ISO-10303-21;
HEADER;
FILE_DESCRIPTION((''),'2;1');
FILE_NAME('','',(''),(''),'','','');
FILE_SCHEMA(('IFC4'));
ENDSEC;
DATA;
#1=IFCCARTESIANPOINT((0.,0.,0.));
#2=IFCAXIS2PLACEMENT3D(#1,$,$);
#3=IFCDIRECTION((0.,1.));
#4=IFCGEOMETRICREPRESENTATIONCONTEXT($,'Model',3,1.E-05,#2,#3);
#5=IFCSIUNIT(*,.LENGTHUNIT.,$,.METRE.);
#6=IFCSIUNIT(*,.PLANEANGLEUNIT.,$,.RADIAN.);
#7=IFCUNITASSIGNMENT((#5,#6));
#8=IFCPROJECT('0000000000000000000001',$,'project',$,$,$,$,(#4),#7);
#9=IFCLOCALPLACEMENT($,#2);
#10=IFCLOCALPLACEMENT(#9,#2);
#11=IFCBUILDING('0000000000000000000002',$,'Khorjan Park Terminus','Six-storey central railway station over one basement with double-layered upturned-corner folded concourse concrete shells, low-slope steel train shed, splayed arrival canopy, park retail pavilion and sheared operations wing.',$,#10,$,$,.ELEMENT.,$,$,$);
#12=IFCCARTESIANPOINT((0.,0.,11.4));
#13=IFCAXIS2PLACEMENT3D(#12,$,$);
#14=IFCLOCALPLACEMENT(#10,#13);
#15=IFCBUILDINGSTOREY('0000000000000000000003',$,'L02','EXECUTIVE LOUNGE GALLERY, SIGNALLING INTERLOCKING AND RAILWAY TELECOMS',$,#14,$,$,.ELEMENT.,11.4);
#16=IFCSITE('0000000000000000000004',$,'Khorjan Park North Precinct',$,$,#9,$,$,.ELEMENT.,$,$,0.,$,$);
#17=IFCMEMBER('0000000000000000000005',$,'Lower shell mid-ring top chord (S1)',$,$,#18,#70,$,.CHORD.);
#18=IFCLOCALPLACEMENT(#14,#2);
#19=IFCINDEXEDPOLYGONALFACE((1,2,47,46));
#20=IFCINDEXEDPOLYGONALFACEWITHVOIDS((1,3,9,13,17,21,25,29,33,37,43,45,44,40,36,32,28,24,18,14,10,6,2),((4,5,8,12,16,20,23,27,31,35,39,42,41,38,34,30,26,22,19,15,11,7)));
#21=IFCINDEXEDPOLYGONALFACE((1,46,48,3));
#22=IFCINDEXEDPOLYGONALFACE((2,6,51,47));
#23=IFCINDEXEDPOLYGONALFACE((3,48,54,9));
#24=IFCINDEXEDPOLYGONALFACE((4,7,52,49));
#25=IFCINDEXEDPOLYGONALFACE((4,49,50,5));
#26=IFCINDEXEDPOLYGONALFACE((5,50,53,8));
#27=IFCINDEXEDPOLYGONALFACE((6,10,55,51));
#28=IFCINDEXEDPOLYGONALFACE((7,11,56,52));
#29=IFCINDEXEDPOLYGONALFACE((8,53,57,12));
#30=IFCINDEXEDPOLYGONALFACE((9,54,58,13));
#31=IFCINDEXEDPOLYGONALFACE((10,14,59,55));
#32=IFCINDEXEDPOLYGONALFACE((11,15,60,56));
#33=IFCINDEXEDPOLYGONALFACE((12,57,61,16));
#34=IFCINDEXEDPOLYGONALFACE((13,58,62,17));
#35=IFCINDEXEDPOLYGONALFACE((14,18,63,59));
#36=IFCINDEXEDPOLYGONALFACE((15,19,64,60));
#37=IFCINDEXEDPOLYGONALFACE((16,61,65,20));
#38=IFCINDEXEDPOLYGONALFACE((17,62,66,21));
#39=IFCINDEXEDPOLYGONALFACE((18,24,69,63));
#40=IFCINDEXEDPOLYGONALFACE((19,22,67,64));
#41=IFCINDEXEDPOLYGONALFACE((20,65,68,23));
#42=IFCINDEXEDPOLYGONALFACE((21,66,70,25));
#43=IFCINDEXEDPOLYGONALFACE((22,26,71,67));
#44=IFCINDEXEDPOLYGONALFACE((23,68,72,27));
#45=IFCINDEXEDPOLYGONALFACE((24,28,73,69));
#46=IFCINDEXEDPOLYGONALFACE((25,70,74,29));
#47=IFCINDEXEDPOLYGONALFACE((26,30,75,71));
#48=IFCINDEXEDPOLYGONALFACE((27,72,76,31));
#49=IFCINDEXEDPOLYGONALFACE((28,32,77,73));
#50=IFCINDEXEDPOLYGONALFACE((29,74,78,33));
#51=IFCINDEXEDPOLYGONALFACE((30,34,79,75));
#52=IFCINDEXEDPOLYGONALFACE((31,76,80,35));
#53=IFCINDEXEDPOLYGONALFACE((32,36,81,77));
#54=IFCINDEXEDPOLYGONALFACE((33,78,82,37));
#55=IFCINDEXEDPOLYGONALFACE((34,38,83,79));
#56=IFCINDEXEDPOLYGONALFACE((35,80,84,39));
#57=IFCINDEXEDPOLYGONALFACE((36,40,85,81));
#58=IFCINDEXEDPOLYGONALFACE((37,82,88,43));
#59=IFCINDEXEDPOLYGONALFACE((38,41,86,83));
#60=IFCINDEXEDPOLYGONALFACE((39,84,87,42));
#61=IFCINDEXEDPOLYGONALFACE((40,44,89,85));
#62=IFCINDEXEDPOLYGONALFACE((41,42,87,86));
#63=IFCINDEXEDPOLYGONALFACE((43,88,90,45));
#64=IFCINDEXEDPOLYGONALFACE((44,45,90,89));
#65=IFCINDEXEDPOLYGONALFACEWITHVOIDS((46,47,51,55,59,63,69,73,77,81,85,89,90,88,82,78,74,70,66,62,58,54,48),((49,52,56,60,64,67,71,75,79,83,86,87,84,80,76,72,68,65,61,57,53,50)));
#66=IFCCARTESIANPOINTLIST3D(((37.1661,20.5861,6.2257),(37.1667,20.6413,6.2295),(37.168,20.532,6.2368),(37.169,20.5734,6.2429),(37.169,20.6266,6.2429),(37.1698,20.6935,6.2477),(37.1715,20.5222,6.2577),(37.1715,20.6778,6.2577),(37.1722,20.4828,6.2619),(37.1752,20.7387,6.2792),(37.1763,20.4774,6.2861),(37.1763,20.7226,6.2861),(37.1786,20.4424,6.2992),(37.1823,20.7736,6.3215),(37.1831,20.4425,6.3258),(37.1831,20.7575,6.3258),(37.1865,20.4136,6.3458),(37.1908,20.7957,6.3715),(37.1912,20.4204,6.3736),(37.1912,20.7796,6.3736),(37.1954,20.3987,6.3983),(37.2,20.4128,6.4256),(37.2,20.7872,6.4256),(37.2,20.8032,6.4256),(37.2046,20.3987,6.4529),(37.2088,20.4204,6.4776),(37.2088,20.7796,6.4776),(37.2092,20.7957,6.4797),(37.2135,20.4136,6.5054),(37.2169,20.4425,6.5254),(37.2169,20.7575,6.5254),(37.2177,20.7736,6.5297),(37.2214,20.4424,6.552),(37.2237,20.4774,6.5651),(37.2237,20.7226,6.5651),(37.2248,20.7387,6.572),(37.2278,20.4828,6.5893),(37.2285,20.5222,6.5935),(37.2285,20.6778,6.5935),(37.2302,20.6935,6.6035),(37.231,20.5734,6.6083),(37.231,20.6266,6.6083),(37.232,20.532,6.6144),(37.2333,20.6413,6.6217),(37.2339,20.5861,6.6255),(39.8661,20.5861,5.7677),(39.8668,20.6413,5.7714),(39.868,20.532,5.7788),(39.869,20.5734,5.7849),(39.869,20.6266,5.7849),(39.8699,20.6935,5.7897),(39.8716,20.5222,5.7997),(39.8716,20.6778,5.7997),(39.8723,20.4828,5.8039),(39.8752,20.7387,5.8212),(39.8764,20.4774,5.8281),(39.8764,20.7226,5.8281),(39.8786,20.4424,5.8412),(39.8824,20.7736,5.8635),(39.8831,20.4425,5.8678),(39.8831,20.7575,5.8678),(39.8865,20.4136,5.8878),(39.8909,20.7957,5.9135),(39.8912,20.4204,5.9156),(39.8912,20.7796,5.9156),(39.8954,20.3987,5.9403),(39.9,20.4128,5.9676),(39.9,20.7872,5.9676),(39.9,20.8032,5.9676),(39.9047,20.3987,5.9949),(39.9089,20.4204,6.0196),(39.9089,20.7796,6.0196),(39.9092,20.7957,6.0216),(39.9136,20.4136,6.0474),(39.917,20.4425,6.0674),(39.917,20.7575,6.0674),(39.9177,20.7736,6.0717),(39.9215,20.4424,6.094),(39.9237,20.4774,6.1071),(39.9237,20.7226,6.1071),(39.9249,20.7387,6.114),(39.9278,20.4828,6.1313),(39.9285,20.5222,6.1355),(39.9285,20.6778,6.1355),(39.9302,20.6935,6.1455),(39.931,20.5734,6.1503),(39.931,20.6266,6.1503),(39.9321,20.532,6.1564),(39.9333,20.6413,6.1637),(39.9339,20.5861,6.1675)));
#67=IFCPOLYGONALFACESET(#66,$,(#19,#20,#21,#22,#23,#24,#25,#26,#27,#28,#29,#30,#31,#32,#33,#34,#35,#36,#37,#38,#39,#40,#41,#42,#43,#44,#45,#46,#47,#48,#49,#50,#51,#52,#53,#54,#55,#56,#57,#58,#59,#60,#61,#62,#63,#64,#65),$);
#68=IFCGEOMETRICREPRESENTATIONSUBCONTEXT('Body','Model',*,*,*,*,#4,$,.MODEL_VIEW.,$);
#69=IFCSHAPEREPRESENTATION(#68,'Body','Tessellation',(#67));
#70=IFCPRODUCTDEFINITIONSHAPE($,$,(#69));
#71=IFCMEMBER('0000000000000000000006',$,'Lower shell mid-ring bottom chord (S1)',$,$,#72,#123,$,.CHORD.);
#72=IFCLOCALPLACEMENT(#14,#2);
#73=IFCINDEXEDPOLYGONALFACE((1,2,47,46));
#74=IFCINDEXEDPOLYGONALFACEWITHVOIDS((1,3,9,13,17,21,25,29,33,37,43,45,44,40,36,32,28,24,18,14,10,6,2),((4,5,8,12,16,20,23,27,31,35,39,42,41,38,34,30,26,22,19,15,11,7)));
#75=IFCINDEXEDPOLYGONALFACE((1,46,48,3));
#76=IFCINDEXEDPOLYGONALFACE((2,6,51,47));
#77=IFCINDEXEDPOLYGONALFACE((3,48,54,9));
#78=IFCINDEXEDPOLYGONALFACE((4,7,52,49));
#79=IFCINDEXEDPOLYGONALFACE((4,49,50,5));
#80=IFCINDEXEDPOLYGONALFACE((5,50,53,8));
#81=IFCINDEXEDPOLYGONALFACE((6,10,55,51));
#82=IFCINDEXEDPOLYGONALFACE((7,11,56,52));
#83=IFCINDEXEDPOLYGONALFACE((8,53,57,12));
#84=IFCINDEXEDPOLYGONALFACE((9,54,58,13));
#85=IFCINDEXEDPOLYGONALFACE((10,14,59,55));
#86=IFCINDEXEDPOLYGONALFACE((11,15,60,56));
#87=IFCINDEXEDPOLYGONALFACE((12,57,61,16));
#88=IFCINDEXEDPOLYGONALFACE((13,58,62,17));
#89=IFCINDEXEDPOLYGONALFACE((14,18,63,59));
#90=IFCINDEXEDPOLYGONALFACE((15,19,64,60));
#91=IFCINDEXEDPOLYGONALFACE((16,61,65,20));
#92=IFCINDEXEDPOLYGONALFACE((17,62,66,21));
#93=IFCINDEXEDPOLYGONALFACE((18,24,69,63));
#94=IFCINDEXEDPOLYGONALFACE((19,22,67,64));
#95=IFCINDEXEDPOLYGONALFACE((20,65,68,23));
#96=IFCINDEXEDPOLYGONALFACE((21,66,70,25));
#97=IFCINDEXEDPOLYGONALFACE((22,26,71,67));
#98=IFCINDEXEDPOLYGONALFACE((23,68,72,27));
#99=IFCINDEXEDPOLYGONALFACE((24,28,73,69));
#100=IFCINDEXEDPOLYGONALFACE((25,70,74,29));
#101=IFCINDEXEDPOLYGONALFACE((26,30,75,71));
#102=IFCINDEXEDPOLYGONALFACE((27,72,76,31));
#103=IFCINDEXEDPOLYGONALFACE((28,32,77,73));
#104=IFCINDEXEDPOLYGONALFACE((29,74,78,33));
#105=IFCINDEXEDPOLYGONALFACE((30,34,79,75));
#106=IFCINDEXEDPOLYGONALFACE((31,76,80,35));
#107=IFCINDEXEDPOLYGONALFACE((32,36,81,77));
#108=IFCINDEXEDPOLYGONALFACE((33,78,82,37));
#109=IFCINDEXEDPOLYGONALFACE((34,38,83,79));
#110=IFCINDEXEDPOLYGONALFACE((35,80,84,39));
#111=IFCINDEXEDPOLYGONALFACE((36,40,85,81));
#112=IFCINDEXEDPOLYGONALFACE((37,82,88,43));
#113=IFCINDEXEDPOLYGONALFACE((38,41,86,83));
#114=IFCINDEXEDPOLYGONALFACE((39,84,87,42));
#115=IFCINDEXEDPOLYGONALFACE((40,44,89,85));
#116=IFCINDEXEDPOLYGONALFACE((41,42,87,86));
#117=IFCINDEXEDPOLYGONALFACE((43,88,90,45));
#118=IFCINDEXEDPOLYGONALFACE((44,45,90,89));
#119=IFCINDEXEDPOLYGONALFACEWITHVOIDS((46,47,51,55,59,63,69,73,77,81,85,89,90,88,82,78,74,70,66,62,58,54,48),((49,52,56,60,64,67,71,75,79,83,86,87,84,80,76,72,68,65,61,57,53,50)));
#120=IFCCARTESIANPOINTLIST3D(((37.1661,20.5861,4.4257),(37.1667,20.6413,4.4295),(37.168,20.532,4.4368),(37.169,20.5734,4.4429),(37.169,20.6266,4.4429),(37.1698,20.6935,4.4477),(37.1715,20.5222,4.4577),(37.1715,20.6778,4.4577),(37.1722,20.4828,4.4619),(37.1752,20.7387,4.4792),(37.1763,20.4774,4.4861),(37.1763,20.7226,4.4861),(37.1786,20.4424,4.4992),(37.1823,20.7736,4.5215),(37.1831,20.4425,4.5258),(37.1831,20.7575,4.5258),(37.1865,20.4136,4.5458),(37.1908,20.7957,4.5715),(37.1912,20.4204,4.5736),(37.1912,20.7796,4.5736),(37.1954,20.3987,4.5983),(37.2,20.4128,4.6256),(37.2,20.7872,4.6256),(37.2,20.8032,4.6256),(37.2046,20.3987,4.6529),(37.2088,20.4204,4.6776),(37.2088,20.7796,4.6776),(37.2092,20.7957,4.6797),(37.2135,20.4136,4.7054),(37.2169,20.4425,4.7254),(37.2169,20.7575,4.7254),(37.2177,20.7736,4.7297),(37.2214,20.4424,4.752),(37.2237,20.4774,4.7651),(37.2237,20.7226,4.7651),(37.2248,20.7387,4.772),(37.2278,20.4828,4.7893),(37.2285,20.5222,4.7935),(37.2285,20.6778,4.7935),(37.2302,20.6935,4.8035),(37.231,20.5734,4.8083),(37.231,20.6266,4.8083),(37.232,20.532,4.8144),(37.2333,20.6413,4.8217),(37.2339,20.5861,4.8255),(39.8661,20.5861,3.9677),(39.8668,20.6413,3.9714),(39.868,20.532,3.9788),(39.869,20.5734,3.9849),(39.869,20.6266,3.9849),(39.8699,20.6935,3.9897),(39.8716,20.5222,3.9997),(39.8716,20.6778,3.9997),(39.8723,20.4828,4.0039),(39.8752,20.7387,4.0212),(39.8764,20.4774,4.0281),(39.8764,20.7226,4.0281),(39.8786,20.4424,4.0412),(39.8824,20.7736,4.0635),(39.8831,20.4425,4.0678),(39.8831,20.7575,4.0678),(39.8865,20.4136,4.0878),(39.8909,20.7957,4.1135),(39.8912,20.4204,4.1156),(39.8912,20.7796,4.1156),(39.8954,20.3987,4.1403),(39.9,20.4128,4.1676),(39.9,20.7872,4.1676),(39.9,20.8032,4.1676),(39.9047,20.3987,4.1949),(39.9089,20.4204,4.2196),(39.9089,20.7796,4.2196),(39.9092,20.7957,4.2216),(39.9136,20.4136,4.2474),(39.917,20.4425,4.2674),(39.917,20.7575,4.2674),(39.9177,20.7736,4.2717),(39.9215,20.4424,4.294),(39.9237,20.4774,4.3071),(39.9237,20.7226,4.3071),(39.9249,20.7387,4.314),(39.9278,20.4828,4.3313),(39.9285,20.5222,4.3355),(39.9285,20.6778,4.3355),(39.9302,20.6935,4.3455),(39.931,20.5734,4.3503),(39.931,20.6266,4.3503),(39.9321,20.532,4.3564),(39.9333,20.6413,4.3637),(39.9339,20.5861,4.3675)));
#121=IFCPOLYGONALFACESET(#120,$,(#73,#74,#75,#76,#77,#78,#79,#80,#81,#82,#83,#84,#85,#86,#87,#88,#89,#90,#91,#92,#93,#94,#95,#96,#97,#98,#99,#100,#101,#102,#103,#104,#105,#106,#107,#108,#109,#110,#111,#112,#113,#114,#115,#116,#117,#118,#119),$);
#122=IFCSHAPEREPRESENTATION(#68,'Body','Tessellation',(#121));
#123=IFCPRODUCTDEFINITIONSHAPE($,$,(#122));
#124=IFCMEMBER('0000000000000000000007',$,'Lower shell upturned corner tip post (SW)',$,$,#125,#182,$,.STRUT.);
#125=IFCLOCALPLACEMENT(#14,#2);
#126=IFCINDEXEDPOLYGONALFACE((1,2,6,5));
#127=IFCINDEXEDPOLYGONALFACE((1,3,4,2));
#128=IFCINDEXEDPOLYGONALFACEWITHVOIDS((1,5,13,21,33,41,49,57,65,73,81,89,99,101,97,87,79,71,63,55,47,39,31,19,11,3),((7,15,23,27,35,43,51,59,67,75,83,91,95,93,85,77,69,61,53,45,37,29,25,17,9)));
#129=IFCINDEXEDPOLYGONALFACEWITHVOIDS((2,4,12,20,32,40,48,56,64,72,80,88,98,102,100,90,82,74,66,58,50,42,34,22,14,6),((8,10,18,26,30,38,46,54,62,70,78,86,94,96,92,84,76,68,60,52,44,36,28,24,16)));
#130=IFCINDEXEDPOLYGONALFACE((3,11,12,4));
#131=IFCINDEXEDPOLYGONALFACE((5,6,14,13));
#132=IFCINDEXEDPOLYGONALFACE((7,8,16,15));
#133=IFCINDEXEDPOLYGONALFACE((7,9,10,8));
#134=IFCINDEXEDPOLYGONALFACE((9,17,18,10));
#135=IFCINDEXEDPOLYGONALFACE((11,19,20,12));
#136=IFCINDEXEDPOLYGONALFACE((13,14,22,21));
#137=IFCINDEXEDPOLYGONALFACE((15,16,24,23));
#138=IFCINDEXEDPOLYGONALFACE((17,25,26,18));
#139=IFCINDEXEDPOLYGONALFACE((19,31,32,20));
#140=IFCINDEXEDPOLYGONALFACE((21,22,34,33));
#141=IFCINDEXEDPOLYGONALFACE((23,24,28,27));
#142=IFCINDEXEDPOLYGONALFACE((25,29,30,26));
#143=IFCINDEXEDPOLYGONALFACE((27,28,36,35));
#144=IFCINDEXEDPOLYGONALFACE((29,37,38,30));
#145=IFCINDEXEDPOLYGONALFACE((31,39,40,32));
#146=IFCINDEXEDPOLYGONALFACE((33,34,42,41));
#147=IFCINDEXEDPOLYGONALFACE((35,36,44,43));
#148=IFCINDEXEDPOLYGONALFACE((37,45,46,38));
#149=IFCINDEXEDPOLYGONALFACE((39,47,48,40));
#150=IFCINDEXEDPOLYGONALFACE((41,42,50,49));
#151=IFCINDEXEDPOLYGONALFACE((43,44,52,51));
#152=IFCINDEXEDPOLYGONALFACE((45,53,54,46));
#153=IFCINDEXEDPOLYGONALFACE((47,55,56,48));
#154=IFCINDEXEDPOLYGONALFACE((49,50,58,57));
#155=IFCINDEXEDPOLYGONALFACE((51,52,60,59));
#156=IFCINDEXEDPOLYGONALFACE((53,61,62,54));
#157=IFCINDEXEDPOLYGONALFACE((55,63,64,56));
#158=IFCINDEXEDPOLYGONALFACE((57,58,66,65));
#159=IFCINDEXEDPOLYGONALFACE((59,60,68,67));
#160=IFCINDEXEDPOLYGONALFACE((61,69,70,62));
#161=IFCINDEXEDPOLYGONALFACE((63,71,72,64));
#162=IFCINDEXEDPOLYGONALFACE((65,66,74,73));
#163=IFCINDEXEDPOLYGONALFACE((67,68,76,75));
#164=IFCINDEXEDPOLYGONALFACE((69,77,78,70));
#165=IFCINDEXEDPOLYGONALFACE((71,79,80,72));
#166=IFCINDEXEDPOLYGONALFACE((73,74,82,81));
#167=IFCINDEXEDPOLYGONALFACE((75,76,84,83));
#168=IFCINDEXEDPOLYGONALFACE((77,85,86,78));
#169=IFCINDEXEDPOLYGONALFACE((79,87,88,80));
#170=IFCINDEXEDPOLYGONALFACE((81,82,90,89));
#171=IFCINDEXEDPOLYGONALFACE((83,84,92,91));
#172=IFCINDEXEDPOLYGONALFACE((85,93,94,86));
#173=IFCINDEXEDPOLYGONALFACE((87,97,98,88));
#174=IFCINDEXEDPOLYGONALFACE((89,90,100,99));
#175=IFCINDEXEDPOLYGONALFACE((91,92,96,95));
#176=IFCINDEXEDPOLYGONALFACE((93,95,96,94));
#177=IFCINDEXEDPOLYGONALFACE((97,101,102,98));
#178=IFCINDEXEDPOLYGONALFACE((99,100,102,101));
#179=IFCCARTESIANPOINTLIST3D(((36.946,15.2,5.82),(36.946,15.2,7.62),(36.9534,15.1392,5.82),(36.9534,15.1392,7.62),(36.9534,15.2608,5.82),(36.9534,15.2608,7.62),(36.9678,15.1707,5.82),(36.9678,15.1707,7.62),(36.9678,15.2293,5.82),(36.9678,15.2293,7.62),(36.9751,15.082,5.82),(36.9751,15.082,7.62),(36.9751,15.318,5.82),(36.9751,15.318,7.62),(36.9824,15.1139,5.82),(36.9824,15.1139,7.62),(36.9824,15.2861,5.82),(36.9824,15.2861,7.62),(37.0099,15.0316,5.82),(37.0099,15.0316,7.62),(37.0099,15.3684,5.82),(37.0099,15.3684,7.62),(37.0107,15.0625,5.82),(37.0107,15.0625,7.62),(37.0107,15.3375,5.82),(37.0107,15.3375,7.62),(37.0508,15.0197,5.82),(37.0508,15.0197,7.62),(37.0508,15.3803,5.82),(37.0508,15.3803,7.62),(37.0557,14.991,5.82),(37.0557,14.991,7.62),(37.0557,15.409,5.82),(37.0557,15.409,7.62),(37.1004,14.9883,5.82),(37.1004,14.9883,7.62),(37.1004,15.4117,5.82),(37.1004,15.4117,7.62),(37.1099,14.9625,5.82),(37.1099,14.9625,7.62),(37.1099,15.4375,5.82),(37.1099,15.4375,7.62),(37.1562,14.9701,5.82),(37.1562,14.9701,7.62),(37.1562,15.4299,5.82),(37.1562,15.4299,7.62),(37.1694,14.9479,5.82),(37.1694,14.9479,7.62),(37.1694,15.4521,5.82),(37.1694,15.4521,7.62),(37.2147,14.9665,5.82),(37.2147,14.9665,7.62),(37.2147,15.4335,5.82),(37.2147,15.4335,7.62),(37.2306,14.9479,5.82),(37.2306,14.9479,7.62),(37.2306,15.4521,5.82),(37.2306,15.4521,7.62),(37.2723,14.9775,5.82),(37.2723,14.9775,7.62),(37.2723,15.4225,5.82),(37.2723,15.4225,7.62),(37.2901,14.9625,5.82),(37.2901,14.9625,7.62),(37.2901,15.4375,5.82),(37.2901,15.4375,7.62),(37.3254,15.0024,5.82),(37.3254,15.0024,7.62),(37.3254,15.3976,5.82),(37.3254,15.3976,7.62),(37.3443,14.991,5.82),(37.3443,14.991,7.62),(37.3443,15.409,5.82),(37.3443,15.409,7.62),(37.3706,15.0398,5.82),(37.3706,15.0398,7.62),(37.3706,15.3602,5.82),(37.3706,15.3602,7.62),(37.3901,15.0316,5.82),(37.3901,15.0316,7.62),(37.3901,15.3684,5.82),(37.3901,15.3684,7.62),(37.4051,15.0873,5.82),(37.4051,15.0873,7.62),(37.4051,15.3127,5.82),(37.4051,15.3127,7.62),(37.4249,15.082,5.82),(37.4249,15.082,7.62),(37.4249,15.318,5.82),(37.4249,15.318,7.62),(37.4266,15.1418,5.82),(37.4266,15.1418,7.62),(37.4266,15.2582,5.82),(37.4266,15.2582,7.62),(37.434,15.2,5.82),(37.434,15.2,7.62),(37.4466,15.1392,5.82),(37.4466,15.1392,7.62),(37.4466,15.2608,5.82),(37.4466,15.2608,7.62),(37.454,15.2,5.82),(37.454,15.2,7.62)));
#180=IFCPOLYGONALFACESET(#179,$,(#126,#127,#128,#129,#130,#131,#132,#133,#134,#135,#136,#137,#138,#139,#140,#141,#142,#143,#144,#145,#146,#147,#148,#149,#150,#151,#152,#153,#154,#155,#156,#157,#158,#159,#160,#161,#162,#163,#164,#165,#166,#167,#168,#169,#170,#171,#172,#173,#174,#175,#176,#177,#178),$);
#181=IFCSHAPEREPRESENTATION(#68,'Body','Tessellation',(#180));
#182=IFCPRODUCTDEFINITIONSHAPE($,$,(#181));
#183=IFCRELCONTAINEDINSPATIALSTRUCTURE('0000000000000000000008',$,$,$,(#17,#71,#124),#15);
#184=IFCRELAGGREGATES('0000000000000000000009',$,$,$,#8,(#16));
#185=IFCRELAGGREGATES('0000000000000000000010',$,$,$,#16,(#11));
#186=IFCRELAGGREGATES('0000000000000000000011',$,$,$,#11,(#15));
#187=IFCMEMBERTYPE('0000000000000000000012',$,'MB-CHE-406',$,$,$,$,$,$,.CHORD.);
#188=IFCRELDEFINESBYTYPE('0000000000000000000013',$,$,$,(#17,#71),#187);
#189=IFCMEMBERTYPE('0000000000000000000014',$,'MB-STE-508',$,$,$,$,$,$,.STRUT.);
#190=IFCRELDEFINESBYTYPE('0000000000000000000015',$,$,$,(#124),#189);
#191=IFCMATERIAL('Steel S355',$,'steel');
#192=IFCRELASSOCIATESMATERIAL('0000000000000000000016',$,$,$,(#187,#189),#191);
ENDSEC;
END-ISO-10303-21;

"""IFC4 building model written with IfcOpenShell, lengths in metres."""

from ifc_helpers import new_model, si_unit, direction, frame, origin, origin_2d, place, context, subcontext, project, spatial, hollow_circle, extrude, material, material_profile, profile_set, type_object, element, save


model = new_model("IFC4")

# Units and contexts
model_context = context("Model", 3, precision=1e-05, world=origin(), true_north=direction((0.0, 1.0)))
body_context = subcontext(model_context, "Body", "Model", "MODEL_VIEW")
ifc_project = project(units=[si_unit("LENGTHUNIT", "METRE"), si_unit("PLANEANGLEUNIT", "RADIAN")], contexts=[model_context])

# Site, building, storey
site_placement = place(None, origin())
site = spatial("IfcSite", under=ifc_project, at=site_placement, Name="Khorjan Park North Precinct", CompositionType="ELEMENT", RefElevation=0.0)
building_placement = place(site_placement, origin())
building = spatial("IfcBuilding", under=site, at=building_placement, Name="Khorjan Park Terminus", Description="Six-storey central railway station over one basement with double-layered upturned-corner folded concourse concrete shells, low-slope steel train shed, splayed arrival canopy, park retail pavilion and sheared operations wing.", CompositionType="ELEMENT")
storey_placement = place(building_placement, frame((0.0, 0.0, 11.4)))
storey = spatial("IfcBuildingStorey", under=building, at=storey_placement, Name="L02", Description="EXECUTIVE LOUNGE GALLERY, SIGNALLING INTERLOCKING AND RAILWAY TELECOMS", CompositionType="ELEMENT", Elevation=11.4)

# Shared definitions
ifc_material_1 = material(Name="Steel S355", Category="steel")

# Members
ifc_material_profile_1 = material_profile(ifc_material_1, hollow_circle(Radius=0.2032, WallThickness=0.016, at=origin_2d()), Name="CHS 406.4x16")
ifc_profile_set_1 = profile_set([ifc_material_profile_1], Name="Steel S355")
member_type_1 = type_object("IfcMemberType", Name="MB-CHE-406", PredefinedType="CHORD", material=ifc_profile_set_1)
for number, where, z_axis, x_axis, name in (
    (1, (37.2, 20.6, 6.4256), (0.985916, 0.0, -0.167241), (0.0, 1.0, 0.0), "Lower shell mid-ring top chord (S1)"),
    (2, (37.2, 20.6, 4.6256), (0.985916, 0.0, -0.167241), (0.0, 1.0, 0.0), "Lower shell mid-ring bottom chord (S1)"),
):
    element("IfcMember", number, at=place(storey_placement, frame(where, z_axis=z_axis, x_axis=x_axis)), inside=storey, type_object=member_type_1, Name=name, PredefinedType="CHORD", context=body_context, shape_type="SweptSolid", body=[
        extrude(hollow_circle(Radius=0.2032, WallThickness=0.016, at=origin_2d()), origin(), (0.0, 0.0, 1.0), 2.7386),
    ])
ifc_material_profile_2 = material_profile(ifc_material_1, hollow_circle(Radius=0.254, WallThickness=0.02, at=origin_2d()), Name="CHS 508x20")
ifc_profile_set_2 = profile_set([ifc_material_profile_2], Name="Steel S355")
member_type_2 = type_object("IfcMemberType", Name="MB-STE-508", PredefinedType="STRUT", material=ifc_profile_set_2)
member_1_placement = place(storey_placement, frame((37.2, 15.2, 5.82), z_axis=(0.0, 0.0, 1.0), x_axis=(1.0, 0.0, 0.0)))
element("IfcMember", 3, at=member_1_placement, inside=storey, type_object=member_type_2, Name="Lower shell upturned corner tip post (SW)", PredefinedType="STRUT", context=body_context, shape_type="SweptSolid", body=[
    extrude(hollow_circle(Radius=0.254, WallThickness=0.02, at=origin_2d()), origin(), (0.0, 0.0, 1.0), 1.8),
])

save(model, "model.ifc")
